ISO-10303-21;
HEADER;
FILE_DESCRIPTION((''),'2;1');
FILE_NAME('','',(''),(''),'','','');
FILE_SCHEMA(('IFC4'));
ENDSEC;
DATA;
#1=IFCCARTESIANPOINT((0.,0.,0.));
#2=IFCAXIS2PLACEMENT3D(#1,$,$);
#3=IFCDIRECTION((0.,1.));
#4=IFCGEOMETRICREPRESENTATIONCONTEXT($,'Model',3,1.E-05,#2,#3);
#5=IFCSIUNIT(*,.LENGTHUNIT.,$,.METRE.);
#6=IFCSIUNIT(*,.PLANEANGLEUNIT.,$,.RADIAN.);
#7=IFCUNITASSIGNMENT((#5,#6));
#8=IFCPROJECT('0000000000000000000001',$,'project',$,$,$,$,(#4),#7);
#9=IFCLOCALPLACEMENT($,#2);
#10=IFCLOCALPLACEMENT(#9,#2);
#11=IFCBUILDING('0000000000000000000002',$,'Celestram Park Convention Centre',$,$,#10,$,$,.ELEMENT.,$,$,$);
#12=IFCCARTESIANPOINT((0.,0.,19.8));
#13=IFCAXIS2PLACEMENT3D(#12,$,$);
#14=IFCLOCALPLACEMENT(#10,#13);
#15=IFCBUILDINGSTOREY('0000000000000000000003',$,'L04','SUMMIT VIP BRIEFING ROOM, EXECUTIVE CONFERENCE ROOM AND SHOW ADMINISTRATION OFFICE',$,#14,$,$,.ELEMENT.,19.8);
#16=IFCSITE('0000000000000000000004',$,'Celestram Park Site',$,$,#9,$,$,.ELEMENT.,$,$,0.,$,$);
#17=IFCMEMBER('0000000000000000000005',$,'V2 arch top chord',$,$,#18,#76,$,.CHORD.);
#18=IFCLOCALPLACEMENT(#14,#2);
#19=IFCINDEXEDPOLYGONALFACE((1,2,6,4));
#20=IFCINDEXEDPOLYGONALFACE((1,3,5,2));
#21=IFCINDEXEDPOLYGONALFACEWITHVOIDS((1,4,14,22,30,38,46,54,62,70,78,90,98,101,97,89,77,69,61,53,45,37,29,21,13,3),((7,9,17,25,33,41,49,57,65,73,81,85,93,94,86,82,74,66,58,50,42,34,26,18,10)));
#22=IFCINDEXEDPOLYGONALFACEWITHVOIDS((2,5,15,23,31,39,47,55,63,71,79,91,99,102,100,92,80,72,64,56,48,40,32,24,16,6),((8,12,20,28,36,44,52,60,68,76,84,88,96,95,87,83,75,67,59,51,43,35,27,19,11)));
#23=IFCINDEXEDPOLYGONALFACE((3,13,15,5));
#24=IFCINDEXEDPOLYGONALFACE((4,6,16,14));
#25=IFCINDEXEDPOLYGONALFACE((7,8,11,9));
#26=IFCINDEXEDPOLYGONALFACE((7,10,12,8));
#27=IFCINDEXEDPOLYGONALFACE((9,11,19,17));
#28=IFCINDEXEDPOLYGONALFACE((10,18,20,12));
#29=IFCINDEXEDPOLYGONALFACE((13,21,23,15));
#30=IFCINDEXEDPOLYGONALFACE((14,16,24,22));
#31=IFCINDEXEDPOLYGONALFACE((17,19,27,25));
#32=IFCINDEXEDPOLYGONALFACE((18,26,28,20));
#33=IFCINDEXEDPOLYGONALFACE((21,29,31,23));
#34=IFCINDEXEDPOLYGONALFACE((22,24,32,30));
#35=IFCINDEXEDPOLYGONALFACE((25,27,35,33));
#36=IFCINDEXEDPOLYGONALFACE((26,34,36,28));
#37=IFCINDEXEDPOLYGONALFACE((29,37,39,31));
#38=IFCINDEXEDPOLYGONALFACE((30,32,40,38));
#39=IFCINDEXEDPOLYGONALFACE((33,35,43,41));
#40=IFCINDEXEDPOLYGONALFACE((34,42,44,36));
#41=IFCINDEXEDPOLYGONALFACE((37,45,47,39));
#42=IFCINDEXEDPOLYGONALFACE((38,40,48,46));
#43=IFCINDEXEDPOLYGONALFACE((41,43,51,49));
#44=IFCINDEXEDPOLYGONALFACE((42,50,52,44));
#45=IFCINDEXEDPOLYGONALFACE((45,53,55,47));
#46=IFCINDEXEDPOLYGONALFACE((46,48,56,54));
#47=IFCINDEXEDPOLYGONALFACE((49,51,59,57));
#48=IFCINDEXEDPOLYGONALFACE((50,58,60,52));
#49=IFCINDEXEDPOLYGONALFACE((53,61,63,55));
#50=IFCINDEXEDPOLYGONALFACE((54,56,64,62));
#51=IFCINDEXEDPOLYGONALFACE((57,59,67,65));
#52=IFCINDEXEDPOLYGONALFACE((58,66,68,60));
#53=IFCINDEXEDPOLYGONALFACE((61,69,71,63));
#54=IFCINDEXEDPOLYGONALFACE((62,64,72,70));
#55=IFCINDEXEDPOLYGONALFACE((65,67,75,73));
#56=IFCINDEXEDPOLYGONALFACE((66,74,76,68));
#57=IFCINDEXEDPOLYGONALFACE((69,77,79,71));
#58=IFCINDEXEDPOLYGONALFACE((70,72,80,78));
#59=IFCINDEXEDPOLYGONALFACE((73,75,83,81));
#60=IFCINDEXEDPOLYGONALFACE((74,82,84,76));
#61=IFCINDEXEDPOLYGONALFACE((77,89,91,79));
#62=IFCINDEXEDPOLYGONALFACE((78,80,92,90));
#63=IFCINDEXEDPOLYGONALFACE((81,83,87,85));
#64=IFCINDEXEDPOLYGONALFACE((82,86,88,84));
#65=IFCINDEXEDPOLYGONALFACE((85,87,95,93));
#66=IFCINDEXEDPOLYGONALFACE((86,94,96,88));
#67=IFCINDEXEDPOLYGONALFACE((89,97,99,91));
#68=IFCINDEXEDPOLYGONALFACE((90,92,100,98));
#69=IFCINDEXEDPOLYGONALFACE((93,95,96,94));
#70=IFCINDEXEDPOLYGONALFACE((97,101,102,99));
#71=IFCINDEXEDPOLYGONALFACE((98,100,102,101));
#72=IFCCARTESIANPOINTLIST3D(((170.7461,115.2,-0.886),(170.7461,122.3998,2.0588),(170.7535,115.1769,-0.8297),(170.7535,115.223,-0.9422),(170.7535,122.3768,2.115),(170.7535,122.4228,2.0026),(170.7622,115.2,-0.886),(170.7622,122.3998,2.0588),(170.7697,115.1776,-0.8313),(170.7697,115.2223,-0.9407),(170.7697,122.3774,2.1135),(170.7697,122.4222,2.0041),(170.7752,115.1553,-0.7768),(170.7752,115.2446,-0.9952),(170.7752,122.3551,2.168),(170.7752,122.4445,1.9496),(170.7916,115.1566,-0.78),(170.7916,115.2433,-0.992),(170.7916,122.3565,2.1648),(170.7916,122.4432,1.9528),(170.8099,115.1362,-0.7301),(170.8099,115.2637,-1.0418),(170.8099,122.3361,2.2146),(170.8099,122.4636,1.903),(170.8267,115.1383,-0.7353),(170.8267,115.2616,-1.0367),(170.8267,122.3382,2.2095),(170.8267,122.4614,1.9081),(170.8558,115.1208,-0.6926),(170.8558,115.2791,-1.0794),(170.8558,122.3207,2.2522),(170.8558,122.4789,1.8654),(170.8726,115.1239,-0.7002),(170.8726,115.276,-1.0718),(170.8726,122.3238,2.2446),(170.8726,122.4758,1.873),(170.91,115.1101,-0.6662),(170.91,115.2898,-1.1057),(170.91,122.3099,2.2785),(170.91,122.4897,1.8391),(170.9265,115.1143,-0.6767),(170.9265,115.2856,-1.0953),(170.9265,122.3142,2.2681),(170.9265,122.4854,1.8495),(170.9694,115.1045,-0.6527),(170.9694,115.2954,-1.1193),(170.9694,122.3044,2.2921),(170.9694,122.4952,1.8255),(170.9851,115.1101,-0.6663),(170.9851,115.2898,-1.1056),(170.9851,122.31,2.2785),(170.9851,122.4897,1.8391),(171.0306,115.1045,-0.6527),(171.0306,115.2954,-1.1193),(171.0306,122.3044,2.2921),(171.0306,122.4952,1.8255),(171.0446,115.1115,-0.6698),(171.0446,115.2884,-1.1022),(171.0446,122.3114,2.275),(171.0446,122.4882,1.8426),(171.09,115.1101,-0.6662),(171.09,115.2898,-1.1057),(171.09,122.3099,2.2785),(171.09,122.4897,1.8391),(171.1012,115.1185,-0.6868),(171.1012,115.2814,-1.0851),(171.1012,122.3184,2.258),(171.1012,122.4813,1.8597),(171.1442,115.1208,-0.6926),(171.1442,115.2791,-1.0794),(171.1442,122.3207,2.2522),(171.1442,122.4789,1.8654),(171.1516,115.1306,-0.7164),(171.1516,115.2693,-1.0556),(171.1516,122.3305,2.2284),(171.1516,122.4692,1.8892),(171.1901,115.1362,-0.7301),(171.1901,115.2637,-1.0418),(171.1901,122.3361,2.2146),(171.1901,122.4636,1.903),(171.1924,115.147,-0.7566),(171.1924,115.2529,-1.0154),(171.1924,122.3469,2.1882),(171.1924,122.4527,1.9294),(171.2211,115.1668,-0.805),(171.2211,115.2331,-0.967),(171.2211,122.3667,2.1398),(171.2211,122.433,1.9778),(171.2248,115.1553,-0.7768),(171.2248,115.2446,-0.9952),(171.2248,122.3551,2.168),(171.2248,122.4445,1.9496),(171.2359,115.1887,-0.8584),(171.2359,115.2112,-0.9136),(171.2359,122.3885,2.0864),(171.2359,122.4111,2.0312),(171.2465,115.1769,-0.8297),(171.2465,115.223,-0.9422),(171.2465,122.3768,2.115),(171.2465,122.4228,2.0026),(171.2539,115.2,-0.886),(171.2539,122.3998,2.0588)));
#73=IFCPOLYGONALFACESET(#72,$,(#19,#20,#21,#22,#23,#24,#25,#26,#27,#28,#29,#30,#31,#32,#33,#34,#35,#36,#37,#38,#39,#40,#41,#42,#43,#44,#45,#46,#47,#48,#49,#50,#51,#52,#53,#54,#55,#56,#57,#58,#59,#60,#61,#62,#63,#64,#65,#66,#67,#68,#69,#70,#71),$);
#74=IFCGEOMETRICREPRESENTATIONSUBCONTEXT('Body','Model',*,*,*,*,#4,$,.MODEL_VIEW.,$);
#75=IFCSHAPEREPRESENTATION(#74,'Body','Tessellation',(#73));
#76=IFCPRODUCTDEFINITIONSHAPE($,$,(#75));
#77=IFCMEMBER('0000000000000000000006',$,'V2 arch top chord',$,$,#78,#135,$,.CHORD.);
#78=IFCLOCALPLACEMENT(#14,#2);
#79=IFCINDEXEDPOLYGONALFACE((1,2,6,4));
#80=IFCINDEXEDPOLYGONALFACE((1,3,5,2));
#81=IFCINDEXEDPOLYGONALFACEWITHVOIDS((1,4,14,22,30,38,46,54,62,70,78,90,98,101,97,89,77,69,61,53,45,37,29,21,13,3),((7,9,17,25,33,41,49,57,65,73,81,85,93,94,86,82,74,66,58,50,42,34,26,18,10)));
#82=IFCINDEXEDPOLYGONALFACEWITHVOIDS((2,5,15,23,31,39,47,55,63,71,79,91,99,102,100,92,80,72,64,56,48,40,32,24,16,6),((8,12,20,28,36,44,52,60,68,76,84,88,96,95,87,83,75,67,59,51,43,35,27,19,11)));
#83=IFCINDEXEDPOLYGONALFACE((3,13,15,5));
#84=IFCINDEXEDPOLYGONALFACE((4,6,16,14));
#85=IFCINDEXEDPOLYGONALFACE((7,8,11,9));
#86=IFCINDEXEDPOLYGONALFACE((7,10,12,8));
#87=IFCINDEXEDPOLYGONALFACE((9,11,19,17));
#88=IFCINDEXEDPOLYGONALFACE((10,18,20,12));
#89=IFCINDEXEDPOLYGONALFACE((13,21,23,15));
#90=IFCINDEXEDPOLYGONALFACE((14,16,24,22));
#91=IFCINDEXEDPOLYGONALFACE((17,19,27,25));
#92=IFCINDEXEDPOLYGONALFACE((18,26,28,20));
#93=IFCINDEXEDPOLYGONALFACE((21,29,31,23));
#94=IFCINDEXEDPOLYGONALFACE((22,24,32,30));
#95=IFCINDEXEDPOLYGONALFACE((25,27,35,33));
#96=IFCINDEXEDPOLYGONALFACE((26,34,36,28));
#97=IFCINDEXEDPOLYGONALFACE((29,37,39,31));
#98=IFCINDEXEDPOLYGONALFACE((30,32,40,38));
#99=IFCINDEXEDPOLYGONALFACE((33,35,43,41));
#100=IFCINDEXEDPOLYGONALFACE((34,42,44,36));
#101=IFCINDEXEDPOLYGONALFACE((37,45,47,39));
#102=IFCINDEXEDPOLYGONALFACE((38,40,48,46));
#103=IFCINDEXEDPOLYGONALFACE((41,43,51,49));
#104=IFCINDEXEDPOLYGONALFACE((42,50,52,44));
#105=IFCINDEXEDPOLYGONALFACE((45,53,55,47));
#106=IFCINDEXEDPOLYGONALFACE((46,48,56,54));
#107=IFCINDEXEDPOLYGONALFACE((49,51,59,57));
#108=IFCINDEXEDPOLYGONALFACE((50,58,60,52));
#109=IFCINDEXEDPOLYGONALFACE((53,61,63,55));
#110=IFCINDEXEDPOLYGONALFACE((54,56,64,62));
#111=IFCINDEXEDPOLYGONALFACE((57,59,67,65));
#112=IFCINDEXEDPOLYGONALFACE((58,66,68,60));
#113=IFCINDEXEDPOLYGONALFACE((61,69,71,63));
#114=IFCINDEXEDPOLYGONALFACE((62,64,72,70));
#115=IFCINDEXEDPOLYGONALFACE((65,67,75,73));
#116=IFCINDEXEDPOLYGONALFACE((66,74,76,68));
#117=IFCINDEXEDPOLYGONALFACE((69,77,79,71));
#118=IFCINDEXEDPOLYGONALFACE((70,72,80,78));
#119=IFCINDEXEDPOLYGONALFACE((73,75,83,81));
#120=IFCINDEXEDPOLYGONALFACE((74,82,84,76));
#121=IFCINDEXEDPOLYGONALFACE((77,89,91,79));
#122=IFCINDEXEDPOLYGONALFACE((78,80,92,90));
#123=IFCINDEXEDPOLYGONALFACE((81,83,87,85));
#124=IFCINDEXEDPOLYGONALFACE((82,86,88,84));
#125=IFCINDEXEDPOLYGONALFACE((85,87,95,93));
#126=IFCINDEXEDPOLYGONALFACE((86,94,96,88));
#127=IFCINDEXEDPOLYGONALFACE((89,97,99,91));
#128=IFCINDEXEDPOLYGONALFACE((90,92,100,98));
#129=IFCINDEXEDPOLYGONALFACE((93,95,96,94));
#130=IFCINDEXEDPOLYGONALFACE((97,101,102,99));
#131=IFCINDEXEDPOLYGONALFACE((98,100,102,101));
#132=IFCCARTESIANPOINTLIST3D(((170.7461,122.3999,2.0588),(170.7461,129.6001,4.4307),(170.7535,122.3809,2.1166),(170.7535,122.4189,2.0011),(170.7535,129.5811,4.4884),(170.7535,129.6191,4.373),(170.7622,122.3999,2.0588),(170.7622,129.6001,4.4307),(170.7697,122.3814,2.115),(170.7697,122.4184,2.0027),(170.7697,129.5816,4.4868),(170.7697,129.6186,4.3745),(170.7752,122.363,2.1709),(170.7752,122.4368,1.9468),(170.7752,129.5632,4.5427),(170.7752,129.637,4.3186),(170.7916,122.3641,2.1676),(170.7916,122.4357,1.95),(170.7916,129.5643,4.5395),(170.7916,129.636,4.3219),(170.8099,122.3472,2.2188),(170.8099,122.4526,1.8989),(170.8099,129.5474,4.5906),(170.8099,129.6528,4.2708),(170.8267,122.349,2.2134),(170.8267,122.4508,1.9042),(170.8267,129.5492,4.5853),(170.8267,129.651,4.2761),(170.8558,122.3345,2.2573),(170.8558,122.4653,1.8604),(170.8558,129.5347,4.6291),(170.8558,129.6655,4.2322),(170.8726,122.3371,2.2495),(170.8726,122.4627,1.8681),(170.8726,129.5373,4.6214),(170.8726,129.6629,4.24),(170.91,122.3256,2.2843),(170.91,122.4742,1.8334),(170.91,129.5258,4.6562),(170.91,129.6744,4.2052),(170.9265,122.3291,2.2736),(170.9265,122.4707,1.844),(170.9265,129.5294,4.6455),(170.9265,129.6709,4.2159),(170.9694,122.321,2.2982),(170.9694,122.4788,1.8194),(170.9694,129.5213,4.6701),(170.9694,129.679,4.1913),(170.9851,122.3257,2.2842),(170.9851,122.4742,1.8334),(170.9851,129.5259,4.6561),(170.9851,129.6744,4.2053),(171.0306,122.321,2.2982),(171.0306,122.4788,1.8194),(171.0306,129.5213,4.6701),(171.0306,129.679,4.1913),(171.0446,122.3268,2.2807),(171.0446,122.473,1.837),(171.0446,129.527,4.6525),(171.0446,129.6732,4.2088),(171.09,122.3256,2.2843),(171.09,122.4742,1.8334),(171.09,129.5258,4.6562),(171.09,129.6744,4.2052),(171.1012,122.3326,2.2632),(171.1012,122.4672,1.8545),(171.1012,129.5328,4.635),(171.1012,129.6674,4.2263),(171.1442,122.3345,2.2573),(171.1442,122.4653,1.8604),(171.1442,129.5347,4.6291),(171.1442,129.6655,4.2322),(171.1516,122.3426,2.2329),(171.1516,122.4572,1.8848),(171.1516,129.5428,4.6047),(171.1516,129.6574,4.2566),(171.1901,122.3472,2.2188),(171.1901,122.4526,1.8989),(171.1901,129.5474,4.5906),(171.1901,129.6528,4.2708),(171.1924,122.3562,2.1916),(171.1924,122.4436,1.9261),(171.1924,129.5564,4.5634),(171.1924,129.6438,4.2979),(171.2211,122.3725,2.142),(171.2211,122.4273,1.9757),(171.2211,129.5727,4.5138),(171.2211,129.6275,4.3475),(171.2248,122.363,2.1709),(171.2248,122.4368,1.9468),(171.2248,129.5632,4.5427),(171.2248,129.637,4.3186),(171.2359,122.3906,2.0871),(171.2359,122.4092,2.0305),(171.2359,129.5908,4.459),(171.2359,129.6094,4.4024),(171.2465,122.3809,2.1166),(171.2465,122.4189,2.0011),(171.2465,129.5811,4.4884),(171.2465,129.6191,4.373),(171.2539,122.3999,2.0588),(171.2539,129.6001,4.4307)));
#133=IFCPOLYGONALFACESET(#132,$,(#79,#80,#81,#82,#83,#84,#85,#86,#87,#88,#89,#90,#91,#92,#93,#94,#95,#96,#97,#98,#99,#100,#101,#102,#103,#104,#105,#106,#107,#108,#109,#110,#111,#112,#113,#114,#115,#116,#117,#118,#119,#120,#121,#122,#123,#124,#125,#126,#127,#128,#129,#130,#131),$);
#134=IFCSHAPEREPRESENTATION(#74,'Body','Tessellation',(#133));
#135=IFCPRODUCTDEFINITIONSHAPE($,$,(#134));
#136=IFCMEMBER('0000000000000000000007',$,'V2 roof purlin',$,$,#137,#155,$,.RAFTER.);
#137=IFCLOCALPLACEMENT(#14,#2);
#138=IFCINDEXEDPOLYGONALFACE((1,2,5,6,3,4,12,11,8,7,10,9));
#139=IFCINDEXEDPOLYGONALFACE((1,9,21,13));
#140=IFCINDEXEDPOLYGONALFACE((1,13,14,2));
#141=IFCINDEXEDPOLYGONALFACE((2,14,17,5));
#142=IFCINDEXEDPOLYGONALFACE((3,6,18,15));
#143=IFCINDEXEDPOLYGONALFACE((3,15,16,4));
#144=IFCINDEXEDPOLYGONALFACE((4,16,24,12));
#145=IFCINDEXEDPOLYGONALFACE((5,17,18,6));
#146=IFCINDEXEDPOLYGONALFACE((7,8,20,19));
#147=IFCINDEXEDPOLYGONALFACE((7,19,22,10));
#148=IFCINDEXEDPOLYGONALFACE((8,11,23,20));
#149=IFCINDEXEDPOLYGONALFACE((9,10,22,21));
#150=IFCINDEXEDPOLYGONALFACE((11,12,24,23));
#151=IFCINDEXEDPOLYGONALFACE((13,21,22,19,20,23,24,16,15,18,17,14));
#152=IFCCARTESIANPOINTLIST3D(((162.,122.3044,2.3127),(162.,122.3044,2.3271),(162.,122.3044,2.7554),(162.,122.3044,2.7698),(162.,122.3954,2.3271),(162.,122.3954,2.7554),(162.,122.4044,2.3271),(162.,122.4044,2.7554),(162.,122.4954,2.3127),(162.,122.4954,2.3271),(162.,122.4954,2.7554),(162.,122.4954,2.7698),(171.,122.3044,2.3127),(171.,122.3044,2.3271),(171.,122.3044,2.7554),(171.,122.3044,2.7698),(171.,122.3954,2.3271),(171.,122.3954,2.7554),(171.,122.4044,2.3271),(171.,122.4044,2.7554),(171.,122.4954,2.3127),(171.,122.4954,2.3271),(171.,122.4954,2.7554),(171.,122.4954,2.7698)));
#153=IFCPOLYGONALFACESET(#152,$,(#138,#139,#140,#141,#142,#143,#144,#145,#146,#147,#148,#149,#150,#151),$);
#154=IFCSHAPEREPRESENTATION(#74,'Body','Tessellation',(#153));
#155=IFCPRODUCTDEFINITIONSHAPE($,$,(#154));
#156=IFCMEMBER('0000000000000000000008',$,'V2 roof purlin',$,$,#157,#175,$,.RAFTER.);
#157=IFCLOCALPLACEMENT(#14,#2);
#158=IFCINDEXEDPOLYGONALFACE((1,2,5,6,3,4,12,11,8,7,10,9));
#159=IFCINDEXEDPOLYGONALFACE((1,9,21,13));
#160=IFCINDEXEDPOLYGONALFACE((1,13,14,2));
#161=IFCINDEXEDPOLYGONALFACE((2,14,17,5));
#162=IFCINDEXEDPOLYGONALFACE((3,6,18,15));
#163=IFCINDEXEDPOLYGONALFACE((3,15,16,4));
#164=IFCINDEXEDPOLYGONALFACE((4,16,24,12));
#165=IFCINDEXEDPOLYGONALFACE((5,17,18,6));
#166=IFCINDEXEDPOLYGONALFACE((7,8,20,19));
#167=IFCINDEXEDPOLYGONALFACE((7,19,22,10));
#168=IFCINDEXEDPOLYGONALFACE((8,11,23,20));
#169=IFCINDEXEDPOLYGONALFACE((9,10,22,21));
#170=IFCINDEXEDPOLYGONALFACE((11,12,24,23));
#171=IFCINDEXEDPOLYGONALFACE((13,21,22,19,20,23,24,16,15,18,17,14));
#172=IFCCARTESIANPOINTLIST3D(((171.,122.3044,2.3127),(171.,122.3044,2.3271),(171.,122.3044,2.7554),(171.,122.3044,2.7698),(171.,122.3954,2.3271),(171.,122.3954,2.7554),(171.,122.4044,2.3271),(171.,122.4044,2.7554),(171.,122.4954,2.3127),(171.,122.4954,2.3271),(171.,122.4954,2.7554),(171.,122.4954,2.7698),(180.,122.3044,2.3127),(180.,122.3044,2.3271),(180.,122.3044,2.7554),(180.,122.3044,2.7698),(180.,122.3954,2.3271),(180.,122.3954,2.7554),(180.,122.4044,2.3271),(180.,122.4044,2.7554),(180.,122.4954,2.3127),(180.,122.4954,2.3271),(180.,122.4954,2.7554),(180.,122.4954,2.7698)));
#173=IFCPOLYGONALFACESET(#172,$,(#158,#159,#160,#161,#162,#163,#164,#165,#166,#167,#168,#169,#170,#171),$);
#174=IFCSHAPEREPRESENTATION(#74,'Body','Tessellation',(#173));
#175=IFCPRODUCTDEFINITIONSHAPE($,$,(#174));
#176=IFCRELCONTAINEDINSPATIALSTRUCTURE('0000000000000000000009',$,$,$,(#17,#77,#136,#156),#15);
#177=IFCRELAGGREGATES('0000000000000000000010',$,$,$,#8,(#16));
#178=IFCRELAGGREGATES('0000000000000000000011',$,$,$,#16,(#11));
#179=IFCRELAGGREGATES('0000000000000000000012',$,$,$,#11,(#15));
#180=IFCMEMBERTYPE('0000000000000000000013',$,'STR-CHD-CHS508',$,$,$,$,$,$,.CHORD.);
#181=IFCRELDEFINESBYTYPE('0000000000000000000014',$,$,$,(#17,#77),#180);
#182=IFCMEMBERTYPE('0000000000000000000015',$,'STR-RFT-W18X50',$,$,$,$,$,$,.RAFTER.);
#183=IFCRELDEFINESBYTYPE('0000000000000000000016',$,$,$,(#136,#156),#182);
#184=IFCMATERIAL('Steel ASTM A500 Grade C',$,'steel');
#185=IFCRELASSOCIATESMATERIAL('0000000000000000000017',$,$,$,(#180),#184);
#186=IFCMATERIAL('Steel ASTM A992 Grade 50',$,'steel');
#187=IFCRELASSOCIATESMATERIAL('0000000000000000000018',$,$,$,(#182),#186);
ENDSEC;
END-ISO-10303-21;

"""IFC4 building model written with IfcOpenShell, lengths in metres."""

from ifc_helpers import new_model, si_unit, direction, frame, origin, origin_2d, place, context, subcontext, project, spatial, hollow_circle, i_section, extrude, material, material_profile, profile_set, type_object, element, save


model = new_model("IFC4")

# Units and contexts
model_context = context("Model", 3, precision=1e-05, world=origin(), true_north=direction((0.0, 1.0)))
body_context = subcontext(model_context, "Body", "Model", "MODEL_VIEW")
ifc_project = project(units=[si_unit("LENGTHUNIT", "METRE"), si_unit("PLANEANGLEUNIT", "RADIAN")], contexts=[model_context])

# Site, building, storey
site_placement = place(None, origin())
site = spatial("IfcSite", under=ifc_project, at=site_placement, Name="Celestram Park Site", CompositionType="ELEMENT", RefElevation=0.0)
building_placement = place(site_placement, origin())
building = spatial("IfcBuilding", under=site, at=building_placement, Name="Celestram Park Convention Centre", CompositionType="ELEMENT")
storey_placement = place(building_placement, frame((0.0, 0.0, 19.8)))
storey = spatial("IfcBuildingStorey", under=building, at=storey_placement, Name="L04", Description="SUMMIT VIP BRIEFING ROOM, EXECUTIVE CONFERENCE ROOM AND SHOW ADMINISTRATION OFFICE", CompositionType="ELEMENT", Elevation=19.8)

# Members
ifc_material_1 = material(Name="Steel ASTM A500 Grade C", Category="steel")
ifc_material_profile_1 = material_profile(ifc_material_1, hollow_circle(Radius=0.2539, WallThickness=0.0161, at=origin_2d()), Name="CHS508X16")
ifc_profile_set_1 = profile_set([ifc_material_profile_1], Name="Steel ASTM A500 Grade C")
member_type_1 = type_object("IfcMemberType", Name="STR-CHD-CHS508", PredefinedType="CHORD", material=ifc_profile_set_1)
member_1_placement = place(storey_placement, frame((171.0, 115.2, -0.886), z_axis=(0.0, 0.925574, 0.378566), x_axis=(-1.0, 0.0, 0.0)))
element("IfcMember", 1, at=member_1_placement, inside=storey, type_object=member_type_1, Name="V2 arch top chord", PredefinedType="CHORD", context=body_context, shape_type="SweptSolid", body=[
    extrude(hollow_circle(Radius=0.2539, WallThickness=0.0161, at=origin_2d()), origin(), (0.0, 0.0, 1.0), 7.7788),
])
member_2_placement = place(storey_placement, frame((171.0, 122.3999, 2.0588), z_axis=(0.0, 0.949795, 0.312873), x_axis=(-1.0, 0.0, 0.0)))
element("IfcMember", 2, at=member_2_placement, inside=storey, type_object=member_type_1, Name="V2 arch top chord", PredefinedType="CHORD", context=body_context, shape_type="SweptSolid", body=[
    extrude(hollow_circle(Radius=0.2539, WallThickness=0.0161, at=origin_2d()), origin(), (0.0, 0.0, 1.0), 7.5808),
])
ifc_material_2 = material(Name="Steel ASTM A992 Grade 50", Category="steel")
ifc_material_profile_2 = material_profile(ifc_material_2, i_section(OverallWidth=0.1909, OverallDepth=0.457, WebThickness=0.009, FlangeThickness=0.0144, at=origin_2d()), Name="W18X50")
ifc_profile_set_2 = profile_set([ifc_material_profile_2], Name="Steel ASTM A992 Grade 50")
member_type_2 = type_object("IfcMemberType", Name="STR-RFT-W18X50", PredefinedType="RAFTER", material=ifc_profile_set_2)
for number, where, z_axis, x_axis, name in (
    (3, (162.0, 122.3999, 2.5413), (1.0, 0.0, 0.0), (0.0, 1.0, 0.0), "V2 roof purlin"),
    (4, (171.0, 122.3999, 2.5413), (1.0, 0.0, 0.0), (0.0, 1.0, 0.0), "V2 roof purlin"),
):
    element("IfcMember", number, at=place(storey_placement, frame(where, z_axis=z_axis, x_axis=x_axis)), inside=storey, type_object=member_type_2, Name=name, PredefinedType="RAFTER", context=body_context, shape_type="SweptSolid", body=[
        extrude(i_section(OverallWidth=0.1909, OverallDepth=0.457, WebThickness=0.009, FlangeThickness=0.0144, at=origin_2d()), origin(), (0.0, 0.0, 1.0), 9.0),
    ])

save(model, "model.ifc")
